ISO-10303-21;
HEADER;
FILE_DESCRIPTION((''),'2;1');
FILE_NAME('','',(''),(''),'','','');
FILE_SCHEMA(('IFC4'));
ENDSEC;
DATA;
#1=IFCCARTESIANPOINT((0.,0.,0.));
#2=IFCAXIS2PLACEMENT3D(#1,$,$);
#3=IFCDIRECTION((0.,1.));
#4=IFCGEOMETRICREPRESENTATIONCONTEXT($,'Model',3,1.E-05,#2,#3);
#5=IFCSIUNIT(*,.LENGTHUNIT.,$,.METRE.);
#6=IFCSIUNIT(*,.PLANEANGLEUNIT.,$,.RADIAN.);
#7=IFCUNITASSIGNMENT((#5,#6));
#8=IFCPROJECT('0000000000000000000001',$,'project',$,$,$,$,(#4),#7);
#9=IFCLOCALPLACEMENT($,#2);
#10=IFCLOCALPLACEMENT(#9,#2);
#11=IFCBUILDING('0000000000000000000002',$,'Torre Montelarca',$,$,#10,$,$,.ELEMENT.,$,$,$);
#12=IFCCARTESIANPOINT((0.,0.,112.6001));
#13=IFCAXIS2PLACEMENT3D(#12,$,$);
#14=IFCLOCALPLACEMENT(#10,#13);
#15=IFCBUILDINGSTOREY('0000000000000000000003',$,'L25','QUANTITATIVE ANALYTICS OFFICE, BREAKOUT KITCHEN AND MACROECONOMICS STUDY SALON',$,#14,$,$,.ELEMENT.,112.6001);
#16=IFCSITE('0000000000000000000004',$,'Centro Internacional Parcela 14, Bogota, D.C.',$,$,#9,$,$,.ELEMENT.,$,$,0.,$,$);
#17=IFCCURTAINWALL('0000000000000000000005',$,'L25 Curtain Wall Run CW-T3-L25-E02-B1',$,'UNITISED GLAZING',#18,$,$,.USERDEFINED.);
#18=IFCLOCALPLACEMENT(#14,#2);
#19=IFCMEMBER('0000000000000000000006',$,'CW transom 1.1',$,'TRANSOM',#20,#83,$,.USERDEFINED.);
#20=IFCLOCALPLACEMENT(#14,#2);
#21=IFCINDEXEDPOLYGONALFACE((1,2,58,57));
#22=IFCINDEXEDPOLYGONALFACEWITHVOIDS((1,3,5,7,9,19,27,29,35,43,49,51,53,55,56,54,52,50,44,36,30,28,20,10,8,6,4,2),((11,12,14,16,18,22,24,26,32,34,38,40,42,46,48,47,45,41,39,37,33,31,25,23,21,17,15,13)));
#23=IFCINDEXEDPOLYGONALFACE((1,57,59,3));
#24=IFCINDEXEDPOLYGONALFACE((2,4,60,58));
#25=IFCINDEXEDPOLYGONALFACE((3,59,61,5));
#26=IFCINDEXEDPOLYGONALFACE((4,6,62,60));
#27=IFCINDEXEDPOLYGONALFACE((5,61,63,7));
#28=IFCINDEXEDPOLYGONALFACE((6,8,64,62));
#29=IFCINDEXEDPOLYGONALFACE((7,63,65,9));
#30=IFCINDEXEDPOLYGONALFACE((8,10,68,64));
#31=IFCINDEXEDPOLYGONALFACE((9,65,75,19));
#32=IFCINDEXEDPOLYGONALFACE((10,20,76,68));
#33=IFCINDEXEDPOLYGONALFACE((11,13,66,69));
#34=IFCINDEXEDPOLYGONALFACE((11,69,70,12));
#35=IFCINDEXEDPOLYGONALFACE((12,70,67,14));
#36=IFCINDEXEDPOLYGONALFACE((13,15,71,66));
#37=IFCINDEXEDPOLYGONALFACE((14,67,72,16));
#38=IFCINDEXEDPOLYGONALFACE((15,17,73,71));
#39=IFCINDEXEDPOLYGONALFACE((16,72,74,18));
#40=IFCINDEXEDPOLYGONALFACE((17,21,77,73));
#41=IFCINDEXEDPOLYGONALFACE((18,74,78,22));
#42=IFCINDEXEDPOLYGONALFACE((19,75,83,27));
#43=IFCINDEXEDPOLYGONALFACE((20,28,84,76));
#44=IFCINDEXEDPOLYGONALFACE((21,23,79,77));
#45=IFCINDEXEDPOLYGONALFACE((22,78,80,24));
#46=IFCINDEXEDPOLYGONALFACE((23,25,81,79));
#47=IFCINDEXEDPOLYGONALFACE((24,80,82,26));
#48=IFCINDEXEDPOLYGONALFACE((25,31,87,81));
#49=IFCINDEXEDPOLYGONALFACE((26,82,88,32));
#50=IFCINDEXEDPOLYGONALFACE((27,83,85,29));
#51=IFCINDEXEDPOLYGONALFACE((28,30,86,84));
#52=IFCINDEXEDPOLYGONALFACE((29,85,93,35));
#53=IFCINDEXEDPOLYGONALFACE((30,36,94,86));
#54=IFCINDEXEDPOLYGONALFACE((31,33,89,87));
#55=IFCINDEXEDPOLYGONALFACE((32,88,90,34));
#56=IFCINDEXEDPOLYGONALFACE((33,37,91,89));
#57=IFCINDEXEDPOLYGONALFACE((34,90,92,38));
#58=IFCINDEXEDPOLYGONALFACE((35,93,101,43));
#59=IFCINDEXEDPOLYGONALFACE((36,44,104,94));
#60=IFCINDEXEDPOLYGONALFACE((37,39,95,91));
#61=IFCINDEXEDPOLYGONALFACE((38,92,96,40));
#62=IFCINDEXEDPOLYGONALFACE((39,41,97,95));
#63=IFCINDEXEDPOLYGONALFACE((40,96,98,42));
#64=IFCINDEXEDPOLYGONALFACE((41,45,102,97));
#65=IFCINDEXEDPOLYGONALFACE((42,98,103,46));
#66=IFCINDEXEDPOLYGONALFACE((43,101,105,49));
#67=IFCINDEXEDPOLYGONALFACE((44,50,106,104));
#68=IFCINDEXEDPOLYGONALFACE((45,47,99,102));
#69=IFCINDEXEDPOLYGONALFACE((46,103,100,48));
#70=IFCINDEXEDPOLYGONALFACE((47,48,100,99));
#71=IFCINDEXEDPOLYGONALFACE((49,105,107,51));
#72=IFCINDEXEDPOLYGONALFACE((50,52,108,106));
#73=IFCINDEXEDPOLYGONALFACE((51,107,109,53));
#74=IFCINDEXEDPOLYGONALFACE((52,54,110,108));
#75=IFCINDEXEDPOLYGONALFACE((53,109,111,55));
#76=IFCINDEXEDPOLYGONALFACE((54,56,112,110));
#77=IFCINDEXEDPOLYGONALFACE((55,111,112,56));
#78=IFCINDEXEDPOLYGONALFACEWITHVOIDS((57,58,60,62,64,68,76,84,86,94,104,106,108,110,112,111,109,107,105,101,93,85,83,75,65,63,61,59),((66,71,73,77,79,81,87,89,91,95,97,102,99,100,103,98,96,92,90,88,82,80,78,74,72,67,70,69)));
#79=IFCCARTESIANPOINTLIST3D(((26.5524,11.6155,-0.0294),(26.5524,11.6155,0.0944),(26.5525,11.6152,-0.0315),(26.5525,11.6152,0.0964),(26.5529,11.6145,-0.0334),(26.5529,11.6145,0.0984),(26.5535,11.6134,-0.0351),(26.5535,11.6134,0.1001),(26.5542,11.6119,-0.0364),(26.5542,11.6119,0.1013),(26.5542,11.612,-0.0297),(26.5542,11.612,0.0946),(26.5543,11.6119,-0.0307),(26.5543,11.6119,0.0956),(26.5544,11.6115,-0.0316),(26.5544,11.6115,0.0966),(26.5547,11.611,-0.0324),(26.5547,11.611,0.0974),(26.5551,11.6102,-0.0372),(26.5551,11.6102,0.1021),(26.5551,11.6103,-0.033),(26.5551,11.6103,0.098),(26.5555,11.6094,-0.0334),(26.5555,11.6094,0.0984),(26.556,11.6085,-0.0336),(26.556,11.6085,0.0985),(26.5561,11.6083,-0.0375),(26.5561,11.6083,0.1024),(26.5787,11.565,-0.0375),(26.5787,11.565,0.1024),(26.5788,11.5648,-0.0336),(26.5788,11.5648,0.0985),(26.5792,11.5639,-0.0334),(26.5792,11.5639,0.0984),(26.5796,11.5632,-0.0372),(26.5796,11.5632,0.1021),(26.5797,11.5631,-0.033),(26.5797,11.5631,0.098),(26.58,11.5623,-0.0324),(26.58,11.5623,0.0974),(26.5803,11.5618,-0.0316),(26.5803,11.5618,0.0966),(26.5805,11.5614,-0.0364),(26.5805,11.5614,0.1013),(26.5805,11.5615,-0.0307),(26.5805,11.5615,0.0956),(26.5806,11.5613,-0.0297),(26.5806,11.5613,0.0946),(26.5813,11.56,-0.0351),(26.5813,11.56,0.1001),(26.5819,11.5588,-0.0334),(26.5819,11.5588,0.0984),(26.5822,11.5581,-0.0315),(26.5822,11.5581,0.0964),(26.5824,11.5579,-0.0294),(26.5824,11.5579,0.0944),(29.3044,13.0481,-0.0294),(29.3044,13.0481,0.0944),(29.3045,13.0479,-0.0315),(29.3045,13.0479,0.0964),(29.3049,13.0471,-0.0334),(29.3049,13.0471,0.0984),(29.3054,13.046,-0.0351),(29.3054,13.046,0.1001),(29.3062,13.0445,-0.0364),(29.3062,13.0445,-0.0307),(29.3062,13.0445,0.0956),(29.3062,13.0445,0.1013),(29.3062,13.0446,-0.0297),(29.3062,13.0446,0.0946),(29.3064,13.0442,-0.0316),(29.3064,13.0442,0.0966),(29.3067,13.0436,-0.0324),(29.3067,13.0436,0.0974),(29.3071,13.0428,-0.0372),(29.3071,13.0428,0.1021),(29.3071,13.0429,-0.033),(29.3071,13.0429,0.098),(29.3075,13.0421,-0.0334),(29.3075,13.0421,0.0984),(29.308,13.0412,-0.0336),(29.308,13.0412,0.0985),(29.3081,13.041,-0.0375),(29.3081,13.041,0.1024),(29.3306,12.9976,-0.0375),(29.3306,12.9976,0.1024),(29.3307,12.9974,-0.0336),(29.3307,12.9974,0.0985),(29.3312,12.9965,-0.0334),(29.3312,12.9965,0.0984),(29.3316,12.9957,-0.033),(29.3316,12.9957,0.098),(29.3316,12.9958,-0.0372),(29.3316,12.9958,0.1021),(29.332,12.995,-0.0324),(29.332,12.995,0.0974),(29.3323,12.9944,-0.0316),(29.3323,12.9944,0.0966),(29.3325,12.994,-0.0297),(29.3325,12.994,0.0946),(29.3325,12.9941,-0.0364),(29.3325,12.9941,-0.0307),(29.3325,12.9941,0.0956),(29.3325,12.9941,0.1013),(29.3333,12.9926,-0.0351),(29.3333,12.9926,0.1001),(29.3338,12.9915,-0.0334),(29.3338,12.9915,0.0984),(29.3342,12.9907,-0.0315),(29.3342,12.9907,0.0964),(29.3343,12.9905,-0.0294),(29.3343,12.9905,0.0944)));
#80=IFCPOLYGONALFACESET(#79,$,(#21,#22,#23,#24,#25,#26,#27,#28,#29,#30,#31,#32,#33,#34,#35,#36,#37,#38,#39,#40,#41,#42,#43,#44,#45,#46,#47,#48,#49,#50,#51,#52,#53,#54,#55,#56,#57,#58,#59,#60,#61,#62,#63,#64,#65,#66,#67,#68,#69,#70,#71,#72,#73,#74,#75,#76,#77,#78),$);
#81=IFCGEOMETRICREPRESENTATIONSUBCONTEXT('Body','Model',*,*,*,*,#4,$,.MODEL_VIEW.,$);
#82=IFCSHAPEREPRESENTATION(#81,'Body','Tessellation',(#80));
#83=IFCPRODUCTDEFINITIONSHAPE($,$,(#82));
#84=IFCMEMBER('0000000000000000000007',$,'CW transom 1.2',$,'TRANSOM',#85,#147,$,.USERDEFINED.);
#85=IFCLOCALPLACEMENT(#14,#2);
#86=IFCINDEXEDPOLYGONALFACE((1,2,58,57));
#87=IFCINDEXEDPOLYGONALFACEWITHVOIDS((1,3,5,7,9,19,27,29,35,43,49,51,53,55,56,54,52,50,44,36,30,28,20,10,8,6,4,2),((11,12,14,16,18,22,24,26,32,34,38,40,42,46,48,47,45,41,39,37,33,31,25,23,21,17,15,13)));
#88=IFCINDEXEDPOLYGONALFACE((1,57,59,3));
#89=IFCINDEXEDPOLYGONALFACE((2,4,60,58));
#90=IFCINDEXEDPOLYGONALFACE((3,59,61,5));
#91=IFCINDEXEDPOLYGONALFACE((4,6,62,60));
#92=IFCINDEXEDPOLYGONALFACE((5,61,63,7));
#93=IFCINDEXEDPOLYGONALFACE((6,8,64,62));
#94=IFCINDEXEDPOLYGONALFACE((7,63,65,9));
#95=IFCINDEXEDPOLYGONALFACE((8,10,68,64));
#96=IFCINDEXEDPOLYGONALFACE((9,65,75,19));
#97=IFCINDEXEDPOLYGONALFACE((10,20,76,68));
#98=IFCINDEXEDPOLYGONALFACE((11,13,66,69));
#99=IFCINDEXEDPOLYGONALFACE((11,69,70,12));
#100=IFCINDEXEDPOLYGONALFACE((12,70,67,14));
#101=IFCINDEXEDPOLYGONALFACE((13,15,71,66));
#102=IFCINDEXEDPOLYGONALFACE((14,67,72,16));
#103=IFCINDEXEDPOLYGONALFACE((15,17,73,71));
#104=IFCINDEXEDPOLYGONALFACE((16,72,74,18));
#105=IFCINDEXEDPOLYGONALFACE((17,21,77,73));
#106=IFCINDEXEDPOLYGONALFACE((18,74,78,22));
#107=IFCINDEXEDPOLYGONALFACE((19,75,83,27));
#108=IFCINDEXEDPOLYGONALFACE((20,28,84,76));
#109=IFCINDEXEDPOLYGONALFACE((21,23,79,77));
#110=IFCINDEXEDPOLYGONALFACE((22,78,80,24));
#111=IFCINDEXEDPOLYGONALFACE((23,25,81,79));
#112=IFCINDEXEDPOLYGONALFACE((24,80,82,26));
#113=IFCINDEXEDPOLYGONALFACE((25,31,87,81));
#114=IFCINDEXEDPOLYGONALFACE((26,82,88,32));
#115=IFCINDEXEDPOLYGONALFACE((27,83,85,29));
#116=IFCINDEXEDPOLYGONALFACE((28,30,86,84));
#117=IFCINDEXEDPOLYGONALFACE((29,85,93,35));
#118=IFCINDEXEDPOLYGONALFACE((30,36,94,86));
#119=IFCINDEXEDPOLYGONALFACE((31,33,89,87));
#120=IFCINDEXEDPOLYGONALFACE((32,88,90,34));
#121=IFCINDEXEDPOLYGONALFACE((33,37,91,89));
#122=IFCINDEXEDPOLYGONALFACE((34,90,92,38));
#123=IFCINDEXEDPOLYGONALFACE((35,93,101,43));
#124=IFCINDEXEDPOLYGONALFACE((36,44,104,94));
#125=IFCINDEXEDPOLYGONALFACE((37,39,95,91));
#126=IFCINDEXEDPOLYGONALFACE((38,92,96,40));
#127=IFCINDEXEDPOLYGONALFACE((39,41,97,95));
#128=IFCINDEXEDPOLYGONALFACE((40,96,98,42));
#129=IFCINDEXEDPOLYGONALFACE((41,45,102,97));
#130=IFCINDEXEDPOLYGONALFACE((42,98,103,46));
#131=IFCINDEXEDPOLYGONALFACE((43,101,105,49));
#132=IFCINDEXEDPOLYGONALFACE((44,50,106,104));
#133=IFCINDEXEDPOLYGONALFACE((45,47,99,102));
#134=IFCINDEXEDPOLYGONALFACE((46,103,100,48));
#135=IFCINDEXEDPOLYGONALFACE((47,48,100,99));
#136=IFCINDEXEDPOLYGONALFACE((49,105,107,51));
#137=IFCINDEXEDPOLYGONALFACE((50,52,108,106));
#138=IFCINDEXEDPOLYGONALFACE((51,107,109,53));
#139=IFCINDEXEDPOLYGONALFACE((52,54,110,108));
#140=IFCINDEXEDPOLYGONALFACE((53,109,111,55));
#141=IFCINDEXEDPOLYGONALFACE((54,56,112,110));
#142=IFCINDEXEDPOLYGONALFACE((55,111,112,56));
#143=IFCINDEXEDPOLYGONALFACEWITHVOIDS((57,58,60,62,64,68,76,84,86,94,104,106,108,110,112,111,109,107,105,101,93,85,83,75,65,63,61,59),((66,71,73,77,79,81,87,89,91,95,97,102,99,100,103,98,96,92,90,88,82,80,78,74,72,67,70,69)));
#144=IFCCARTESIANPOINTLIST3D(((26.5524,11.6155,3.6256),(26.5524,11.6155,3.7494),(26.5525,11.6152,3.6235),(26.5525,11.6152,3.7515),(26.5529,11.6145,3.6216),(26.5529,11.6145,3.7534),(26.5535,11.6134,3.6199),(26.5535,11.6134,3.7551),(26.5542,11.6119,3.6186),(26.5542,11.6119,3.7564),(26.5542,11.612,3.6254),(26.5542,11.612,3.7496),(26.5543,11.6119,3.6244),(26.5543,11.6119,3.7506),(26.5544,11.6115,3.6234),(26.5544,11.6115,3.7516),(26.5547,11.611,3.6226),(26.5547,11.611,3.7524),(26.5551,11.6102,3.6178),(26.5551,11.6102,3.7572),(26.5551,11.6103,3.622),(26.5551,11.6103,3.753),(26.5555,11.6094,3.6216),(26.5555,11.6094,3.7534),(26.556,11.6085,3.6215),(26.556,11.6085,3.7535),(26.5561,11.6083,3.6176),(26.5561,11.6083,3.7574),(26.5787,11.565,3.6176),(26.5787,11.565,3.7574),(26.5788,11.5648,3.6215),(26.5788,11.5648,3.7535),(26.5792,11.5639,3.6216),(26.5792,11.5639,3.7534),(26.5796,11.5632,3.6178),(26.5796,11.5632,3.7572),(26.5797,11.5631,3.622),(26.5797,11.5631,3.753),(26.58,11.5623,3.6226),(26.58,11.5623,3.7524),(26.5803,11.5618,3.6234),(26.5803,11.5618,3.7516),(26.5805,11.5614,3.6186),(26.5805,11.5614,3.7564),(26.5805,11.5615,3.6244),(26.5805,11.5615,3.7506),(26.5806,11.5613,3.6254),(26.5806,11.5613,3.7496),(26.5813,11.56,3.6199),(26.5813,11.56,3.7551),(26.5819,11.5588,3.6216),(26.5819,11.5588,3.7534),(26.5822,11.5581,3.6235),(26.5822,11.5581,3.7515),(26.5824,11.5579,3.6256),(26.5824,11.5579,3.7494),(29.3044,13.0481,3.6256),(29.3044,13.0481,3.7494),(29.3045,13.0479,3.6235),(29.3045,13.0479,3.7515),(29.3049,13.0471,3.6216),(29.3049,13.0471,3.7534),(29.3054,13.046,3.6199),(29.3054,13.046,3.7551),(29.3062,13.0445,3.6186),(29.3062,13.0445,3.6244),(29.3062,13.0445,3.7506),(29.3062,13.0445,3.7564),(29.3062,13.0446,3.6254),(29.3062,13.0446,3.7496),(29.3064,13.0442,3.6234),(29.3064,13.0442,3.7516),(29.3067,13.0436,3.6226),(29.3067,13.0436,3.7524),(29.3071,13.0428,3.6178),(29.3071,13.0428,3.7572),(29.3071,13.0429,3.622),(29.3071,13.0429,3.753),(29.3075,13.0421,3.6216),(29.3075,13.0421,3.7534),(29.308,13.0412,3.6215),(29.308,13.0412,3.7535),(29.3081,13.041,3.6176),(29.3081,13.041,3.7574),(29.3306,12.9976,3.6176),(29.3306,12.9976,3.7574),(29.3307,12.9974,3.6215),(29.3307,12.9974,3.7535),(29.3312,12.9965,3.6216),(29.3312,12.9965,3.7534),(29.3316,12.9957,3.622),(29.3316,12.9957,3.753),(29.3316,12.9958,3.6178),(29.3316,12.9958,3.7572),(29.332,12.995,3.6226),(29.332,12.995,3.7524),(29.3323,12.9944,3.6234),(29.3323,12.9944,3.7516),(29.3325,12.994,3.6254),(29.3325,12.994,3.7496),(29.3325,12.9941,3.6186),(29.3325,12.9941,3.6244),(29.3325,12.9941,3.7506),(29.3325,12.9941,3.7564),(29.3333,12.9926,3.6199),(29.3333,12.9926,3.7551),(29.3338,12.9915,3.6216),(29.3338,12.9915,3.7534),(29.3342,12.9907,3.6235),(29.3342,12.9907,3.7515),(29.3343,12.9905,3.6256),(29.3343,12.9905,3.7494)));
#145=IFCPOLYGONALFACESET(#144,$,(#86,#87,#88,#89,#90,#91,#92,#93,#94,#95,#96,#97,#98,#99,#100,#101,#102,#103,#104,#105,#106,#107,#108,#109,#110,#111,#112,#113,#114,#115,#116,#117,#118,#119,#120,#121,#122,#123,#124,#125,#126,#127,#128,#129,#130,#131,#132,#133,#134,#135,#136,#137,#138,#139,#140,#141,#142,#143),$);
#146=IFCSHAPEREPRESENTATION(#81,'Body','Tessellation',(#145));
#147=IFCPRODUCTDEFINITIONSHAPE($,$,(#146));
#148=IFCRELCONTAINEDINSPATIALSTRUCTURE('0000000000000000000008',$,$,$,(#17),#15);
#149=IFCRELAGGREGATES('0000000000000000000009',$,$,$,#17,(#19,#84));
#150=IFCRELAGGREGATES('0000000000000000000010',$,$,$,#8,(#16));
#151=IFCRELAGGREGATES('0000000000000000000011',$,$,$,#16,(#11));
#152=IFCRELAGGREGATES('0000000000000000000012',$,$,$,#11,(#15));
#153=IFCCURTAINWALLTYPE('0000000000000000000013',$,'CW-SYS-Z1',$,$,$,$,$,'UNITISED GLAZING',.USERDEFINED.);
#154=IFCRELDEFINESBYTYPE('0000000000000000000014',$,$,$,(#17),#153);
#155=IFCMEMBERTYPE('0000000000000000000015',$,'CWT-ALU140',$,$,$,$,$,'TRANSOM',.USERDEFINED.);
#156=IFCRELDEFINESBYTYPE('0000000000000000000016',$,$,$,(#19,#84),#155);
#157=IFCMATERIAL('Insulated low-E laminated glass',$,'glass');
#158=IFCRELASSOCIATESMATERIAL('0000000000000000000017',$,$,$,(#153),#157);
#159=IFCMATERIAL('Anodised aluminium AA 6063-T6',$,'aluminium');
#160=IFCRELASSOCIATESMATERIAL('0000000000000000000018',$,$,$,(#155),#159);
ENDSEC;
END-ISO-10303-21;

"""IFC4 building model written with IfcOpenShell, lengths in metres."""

from ifc_helpers import new_model, si_unit, direction, frame, origin, origin_2d, place, context, subcontext, project, spatial, hollow_rectangle, extrude, source, transform, mapped, material, material_profile, profile_set, type_object, element, aggregate, save


model = new_model("IFC4")

# Units and contexts
model_context = context("Model", 3, precision=1e-05, world=origin(), true_north=direction((0.0, 1.0)))
body_context = subcontext(model_context, "Body", "Model", "MODEL_VIEW")
ifc_project = project(units=[si_unit("LENGTHUNIT", "METRE"), si_unit("PLANEANGLEUNIT", "RADIAN")], contexts=[model_context])

# Site, building, storey
site_placement = place(None, origin())
site = spatial("IfcSite", under=ifc_project, at=site_placement, Name="Centro Internacional Parcela 14, Bogota, D.C.", CompositionType="ELEMENT", RefElevation=0.0)
building_placement = place(site_placement, origin())
building = spatial("IfcBuilding", under=site, at=building_placement, Name="Torre Montelarca", CompositionType="ELEMENT")
storey_placement = place(building_placement, frame((0.0, 0.0, 112.6001)))
storey = spatial("IfcBuildingStorey", under=building, at=storey_placement, Name="L25", Description="QUANTITATIVE ANALYTICS OFFICE, BREAKOUT KITCHEN AND MACROECONOMICS STUDY SALON", CompositionType="ELEMENT", Elevation=112.6001)

# Curtain wall, members
ifc_material_1 = material(Name="Insulated low-E laminated glass", Category="glass")
curtain_wall_type = type_object("IfcCurtainWallType", Name="CW-SYS-Z1", ElementType="UNITISED GLAZING", PredefinedType="USERDEFINED", material=ifc_material_1)
ifc_material_2 = material(Name="Anodised aluminium AA 6063-T6", Category="aluminium")
ifc_material_profile_1 = material_profile(ifc_material_2, hollow_rectangle(XDim=0.0649, YDim=0.1399, WallThickness=0.0039, InnerFilletRadius=0.0039, OuterFilletRadius=0.0081, at=origin_2d()), Name="ALU65X140X4", Category="aluminium")
ifc_profile_set_1 = profile_set([ifc_material_profile_1], Name="Anodised aluminium AA 6063-T6")
member_type_1 = type_object("IfcMemberType", Name="CWT-ALU140", ElementType="TRANSOM", PredefinedType="USERDEFINED", material=ifc_profile_set_1)
curtain_wall_1_placement = place(storey_placement, origin())
curtain_wall_1 = element("IfcCurtainWall", 1, at=curtain_wall_1_placement, inside=storey, type_object=curtain_wall_type, Name="L25 Curtain Wall Run CW-T3-L25-E02-B1", ObjectType="UNITISED GLAZING", PredefinedType="USERDEFINED")
shared_shape_1 = source(origin(), body_context, "Body", "SweptSolid", [
    extrude(hollow_rectangle(XDim=0.0649, YDim=0.1399, WallThickness=0.0039, InnerFilletRadius=0.0039, OuterFilletRadius=0.0081, at=origin_2d()), origin(), (0.0, 0.0, 1.0), 3.1025),
])
member_1_placement = place(storey_placement, frame((26.5674, 11.5867, 0.0325), z_axis=(0.887005, 0.461759, 0.0), x_axis=(-0.461759, 0.887005, 0.0)))
member_1 = element("IfcMember", 2, at=member_1_placement, type_object=member_type_1, Name="CW transom 1.1", ObjectType="TRANSOM", PredefinedType="USERDEFINED", context=body_context, shape_type="MappedRepresentation", body=[
    mapped(shared_shape_1, transform((0.0, 0.0, 0.0), scale=1.0)),
])
member_2_placement = place(storey_placement, frame((26.5674, 11.5867, 3.6875), z_axis=(0.887005, 0.461759, 0.0), x_axis=(-0.461759, 0.887005, 0.0)))
member_2 = element("IfcMember", 3, at=member_2_placement, type_object=member_type_1, Name="CW transom 1.2", ObjectType="TRANSOM", PredefinedType="USERDEFINED", context=body_context, shape_type="MappedRepresentation", body=[
    mapped(shared_shape_1, transform((0.0, 0.0, 0.0), scale=1.0)),
])

aggregate(curtain_wall_1, [member_1, member_2])

save(model, "model.ifc")
